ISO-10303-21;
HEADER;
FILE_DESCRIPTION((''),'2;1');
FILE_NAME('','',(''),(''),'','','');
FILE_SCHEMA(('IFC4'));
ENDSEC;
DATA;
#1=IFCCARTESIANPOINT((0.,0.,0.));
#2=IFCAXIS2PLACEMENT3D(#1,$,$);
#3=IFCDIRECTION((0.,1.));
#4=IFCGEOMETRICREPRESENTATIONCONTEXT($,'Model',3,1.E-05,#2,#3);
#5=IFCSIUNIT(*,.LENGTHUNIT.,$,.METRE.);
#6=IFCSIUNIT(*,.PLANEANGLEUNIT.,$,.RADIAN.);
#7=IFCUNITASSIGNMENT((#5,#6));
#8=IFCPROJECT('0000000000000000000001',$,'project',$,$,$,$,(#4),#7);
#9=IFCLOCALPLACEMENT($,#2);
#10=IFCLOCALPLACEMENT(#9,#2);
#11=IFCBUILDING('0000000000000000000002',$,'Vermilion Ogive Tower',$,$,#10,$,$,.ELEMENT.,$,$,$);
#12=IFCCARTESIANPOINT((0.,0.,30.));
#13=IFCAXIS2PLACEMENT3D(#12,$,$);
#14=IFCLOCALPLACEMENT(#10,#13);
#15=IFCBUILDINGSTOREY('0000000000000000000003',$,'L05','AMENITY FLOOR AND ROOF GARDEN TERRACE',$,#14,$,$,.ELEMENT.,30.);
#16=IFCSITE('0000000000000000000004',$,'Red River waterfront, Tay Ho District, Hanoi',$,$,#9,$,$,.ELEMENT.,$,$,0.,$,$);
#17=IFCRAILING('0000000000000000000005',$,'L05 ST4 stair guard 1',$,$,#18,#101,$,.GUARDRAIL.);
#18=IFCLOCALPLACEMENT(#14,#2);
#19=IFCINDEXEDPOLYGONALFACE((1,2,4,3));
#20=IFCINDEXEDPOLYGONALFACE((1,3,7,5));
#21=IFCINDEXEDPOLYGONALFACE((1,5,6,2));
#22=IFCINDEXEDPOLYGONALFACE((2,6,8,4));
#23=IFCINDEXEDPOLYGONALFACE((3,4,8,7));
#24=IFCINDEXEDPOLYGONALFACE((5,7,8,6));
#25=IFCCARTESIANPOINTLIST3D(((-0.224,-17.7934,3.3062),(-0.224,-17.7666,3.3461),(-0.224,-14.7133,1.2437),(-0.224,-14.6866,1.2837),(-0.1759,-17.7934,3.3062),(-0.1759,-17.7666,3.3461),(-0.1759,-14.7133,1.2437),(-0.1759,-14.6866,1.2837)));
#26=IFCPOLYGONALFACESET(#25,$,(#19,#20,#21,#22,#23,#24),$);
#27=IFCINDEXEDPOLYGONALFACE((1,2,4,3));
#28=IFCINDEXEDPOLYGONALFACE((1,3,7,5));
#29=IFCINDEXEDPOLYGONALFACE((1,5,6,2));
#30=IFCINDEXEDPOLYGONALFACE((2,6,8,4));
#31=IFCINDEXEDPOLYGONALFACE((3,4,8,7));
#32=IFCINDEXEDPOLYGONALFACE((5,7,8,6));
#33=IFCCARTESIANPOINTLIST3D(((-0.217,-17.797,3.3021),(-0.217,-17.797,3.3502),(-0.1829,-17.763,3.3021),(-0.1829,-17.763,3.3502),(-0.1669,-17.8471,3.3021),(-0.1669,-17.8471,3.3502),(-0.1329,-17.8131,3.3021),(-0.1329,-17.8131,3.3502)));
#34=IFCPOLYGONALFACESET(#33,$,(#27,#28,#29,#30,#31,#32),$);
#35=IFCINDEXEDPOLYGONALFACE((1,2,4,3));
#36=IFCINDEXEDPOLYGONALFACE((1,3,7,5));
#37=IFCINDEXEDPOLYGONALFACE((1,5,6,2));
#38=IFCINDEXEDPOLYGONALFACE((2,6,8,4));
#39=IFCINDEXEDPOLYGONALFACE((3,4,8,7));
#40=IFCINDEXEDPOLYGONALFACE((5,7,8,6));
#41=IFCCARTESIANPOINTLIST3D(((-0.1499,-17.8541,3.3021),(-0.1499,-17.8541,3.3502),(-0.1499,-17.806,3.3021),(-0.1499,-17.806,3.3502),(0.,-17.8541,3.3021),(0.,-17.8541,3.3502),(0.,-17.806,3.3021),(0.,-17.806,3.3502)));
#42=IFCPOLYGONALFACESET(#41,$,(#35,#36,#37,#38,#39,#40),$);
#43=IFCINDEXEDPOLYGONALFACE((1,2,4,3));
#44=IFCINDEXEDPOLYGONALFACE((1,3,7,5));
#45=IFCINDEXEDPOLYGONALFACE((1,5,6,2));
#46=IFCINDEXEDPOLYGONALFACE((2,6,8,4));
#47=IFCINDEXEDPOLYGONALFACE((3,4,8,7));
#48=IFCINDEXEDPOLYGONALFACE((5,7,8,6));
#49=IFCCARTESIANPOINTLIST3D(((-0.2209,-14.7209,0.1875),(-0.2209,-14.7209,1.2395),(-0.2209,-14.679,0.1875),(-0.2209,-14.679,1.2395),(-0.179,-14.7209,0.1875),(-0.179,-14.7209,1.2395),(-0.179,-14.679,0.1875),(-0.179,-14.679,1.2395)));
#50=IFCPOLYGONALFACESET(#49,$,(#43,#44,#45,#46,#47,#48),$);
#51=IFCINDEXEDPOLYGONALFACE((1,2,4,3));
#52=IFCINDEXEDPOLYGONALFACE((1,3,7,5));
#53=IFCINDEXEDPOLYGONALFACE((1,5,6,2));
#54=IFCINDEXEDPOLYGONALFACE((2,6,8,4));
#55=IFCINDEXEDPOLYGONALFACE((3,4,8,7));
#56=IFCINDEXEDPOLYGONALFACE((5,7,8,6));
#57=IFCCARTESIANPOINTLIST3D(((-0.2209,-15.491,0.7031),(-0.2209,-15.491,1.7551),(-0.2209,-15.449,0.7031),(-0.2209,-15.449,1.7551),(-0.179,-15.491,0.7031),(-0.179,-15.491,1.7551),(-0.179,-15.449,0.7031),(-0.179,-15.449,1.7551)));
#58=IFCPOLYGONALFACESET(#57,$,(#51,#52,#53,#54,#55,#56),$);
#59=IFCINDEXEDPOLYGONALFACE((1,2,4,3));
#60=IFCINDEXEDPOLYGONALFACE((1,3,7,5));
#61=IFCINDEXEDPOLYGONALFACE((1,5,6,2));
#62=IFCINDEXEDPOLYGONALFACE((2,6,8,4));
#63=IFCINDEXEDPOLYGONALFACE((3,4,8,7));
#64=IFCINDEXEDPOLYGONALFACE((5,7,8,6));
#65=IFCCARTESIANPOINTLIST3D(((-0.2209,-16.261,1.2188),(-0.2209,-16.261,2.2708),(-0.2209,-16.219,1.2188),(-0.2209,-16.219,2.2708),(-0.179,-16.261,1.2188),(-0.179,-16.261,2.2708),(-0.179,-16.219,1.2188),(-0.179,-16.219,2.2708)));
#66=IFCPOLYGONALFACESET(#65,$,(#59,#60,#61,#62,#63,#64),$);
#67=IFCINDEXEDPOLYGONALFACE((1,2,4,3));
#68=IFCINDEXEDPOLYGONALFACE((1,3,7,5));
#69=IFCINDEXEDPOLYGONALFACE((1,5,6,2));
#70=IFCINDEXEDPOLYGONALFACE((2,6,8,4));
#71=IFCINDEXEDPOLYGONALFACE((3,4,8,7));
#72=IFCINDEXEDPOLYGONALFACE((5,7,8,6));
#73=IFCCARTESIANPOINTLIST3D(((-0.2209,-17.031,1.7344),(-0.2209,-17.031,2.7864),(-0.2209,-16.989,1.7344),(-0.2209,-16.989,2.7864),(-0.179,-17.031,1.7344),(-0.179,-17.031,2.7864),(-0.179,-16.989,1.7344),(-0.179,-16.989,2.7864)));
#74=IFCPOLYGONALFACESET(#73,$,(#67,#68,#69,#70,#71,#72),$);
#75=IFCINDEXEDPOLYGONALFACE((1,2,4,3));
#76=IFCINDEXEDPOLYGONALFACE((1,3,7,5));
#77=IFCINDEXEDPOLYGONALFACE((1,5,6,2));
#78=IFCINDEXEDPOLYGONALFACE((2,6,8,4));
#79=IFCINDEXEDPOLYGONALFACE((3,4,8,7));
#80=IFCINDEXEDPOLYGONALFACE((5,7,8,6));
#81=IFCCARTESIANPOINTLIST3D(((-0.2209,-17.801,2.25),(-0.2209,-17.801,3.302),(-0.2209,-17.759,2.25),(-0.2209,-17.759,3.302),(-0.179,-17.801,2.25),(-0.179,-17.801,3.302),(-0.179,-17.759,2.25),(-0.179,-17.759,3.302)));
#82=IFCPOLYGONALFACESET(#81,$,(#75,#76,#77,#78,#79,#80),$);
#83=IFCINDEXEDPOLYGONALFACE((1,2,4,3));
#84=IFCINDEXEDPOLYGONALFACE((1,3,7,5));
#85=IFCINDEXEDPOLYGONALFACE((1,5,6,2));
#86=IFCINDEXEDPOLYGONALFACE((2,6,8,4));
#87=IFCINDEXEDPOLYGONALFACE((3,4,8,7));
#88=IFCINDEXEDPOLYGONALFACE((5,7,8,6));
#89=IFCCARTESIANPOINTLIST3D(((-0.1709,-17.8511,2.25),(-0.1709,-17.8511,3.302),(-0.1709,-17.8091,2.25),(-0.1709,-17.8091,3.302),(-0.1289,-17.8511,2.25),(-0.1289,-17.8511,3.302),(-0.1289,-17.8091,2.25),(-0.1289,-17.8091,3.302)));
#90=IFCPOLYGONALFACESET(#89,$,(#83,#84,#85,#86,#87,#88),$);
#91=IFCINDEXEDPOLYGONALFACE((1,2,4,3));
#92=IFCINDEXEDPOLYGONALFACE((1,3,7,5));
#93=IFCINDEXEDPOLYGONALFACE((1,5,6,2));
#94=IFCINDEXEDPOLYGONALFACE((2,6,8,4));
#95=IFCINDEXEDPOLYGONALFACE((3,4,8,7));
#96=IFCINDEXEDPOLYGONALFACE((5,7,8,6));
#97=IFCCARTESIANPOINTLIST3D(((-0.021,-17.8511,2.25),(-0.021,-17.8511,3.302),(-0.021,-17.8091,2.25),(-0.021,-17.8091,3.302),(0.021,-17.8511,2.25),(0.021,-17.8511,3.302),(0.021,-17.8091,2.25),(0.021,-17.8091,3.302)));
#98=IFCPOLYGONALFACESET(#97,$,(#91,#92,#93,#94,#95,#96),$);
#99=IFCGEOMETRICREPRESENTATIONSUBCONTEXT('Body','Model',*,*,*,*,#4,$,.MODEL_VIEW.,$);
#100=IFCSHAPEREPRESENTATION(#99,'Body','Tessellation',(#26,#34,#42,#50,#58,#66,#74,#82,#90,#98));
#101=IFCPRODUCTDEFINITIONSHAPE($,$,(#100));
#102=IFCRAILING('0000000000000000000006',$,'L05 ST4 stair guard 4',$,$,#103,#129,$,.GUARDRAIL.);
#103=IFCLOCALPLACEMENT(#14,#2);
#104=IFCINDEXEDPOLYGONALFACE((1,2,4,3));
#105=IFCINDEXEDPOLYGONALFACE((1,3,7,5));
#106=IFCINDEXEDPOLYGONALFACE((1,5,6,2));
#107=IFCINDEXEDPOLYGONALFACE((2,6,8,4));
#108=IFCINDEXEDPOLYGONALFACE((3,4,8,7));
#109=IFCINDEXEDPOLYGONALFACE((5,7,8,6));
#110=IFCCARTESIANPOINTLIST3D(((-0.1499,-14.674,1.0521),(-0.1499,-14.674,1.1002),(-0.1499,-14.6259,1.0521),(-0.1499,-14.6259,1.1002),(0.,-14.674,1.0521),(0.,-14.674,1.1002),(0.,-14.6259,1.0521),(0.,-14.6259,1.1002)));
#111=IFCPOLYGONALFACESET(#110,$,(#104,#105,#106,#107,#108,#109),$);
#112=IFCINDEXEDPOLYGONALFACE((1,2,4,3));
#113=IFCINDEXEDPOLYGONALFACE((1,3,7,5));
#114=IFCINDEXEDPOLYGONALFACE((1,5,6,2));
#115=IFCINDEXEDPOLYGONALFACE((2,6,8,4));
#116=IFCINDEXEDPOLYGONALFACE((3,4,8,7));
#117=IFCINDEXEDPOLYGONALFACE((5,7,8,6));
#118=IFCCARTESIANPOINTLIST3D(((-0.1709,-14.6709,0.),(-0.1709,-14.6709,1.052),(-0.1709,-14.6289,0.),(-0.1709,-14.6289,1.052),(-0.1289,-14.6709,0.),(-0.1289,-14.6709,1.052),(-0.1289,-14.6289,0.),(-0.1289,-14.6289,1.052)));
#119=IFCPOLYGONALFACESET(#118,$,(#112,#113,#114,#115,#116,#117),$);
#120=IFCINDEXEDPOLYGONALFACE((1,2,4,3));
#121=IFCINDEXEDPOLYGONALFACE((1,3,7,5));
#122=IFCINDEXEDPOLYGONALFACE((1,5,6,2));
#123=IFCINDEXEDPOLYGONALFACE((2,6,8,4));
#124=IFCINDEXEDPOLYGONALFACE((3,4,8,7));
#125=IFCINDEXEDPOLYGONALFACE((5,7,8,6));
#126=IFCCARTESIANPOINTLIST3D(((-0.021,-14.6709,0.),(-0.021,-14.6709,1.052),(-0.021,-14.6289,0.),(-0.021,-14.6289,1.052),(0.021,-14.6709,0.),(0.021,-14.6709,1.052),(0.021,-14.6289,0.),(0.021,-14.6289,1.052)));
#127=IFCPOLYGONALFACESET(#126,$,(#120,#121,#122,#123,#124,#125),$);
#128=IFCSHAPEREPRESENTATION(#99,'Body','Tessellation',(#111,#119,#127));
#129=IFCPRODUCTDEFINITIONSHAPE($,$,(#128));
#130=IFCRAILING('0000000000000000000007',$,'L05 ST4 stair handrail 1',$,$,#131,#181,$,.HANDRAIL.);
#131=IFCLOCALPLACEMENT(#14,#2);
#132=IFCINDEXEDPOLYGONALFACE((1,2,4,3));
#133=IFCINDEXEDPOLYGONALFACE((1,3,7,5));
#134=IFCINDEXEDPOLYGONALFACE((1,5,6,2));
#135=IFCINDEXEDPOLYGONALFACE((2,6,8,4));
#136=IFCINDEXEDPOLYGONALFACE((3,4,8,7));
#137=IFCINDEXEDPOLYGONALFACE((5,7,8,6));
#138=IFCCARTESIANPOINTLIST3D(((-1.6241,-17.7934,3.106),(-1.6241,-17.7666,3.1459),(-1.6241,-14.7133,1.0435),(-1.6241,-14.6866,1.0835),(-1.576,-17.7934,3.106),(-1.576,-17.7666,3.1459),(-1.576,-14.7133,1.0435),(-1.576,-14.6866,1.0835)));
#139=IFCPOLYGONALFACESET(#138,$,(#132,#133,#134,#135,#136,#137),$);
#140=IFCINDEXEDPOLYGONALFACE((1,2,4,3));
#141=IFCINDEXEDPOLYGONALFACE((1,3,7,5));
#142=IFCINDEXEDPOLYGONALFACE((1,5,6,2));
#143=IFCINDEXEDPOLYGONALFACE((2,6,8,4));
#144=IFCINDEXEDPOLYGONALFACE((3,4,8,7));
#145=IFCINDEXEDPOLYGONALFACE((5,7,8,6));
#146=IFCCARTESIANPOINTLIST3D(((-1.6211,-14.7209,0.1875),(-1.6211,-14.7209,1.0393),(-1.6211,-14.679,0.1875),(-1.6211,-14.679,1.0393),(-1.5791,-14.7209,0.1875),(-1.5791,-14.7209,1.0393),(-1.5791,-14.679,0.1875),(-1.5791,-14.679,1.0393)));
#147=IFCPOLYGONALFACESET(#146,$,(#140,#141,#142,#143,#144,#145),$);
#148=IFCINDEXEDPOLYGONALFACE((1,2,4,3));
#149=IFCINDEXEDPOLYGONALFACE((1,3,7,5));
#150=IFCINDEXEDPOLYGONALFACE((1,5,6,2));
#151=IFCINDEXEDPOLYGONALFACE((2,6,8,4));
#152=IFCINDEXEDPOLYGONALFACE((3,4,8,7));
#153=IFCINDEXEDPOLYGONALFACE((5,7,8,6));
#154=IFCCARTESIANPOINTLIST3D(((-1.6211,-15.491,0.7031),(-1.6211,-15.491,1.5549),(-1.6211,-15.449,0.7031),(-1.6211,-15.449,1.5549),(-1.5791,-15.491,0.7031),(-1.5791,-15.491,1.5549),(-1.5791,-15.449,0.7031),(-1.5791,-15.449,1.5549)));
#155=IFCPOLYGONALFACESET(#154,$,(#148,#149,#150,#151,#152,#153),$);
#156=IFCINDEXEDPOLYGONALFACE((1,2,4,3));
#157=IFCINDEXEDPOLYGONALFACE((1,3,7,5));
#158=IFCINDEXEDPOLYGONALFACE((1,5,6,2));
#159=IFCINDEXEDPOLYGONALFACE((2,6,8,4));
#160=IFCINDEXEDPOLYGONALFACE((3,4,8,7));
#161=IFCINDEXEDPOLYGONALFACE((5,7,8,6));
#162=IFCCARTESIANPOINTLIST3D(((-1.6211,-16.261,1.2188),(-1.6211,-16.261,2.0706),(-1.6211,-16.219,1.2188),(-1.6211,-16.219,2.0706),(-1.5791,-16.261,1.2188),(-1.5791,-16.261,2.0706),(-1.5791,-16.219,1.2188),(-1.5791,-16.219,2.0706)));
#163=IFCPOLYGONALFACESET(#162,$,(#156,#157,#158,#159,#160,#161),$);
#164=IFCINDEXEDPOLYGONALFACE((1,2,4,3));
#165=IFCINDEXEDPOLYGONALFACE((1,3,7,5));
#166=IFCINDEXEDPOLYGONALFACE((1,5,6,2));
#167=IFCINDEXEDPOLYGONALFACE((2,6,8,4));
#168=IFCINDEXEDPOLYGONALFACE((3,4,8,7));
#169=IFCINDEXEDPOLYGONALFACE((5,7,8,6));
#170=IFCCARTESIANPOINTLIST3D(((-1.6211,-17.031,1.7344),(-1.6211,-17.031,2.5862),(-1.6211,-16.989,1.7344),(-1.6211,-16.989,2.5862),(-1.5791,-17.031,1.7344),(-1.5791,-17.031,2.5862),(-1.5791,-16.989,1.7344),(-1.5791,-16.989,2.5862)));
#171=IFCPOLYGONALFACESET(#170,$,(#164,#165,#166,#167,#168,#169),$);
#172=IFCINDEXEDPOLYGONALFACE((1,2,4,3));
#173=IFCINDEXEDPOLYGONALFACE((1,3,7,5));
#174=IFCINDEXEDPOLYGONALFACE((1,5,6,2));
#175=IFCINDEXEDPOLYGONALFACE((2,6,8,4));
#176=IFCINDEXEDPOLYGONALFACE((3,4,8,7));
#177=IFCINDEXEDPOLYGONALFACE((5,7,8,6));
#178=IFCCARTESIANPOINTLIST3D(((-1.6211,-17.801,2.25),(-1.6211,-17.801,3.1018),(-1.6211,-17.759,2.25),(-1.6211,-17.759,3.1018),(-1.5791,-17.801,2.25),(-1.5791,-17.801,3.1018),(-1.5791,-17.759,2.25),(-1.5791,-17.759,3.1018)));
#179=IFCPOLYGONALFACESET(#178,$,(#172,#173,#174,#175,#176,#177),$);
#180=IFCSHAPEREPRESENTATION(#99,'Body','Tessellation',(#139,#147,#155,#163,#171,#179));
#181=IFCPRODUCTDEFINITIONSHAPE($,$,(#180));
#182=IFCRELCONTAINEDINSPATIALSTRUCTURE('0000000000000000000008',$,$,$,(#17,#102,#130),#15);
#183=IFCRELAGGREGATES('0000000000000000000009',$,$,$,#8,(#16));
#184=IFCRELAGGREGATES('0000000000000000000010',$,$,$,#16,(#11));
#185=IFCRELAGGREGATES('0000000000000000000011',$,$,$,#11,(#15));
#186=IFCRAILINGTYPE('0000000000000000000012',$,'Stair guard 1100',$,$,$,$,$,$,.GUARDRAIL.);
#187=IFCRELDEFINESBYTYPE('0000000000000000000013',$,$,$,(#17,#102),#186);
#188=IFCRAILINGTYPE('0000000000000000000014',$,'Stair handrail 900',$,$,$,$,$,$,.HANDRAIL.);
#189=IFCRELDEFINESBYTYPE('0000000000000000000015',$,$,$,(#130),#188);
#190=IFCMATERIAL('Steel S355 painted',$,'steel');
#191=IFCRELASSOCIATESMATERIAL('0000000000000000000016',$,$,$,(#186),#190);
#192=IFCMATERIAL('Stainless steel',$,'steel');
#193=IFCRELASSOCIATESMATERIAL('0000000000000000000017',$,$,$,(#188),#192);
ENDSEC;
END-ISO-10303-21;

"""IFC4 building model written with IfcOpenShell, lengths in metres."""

from ifc_helpers import new_model, si_unit, direction, frame, origin, origin_2d, place, context, subcontext, project, spatial, rectangle, extrude, material, type_object, element, save


model = new_model("IFC4")

# Units and contexts
model_context = context("Model", 3, precision=1e-05, world=origin(), true_north=direction((0.0, 1.0)))
body_context = subcontext(model_context, "Body", "Model", "MODEL_VIEW")
ifc_project = project(units=[si_unit("LENGTHUNIT", "METRE"), si_unit("PLANEANGLEUNIT", "RADIAN")], contexts=[model_context])

# Site, building, storey
site_placement = place(None, origin())
site = spatial("IfcSite", under=ifc_project, at=site_placement, Name="Red River waterfront, Tay Ho District, Hanoi", CompositionType="ELEMENT", RefElevation=0.0)
building_placement = place(site_placement, origin())
building = spatial("IfcBuilding", under=site, at=building_placement, Name="Vermilion Ogive Tower", CompositionType="ELEMENT")
storey_placement = place(building_placement, frame((0.0, 0.0, 30.0)))
storey = spatial("IfcBuildingStorey", under=building, at=storey_placement, Name="L05", Description="AMENITY FLOOR AND ROOF GARDEN TERRACE", CompositionType="ELEMENT", Elevation=30.0)

# Railings
ifc_material_1 = material(Name="Steel S355 painted", Category="steel")
railing_type_1 = type_object("IfcRailingType", Name="Stair guard 1100", PredefinedType="GUARDRAIL", material=ifc_material_1)
railing_1_placement = place(storey_placement, frame((-0.2, -14.7, 0.1875)))
element("IfcRailing", 1, at=railing_1_placement, inside=storey, type_object=railing_type_1, Name="L05 ST4 stair guard 1", PredefinedType="GUARDRAIL", context=body_context, shape_type="SweptSolid", body=[
    extrude(rectangle(XDim=0.0481, YDim=0.0481, at=origin_2d()), frame((0.0, 0.0, 1.0762), z_axis=(0.0, -0.830914, 0.556401), x_axis=(1.0, 0.0, 0.0)), (0.0, 0.0, 1.0), 3.7068),
    extrude(rectangle(XDim=0.0481, YDim=0.0481, at=origin_2d()), frame((0.0, -3.0801, 3.1387), z_axis=(0.707107, -0.707107, 0.0), x_axis=(0.707107, 0.707107, 0.0)), (0.0, 0.0, 1.0), 0.0708),
    extrude(rectangle(XDim=0.0481, YDim=0.0481, at=origin_2d()), frame((0.05, -3.1301, 3.1387), z_axis=(1.0, 0.0, 0.0), x_axis=(0.0, 1.0, 0.0)), (0.0, 0.0, 1.0), 0.1499),
    extrude(rectangle(XDim=0.042, YDim=0.042, at=origin_2d()), origin(), (0.0, 0.0, 1.0), 1.052),
    extrude(rectangle(XDim=0.042, YDim=0.042, at=origin_2d()), frame((0.0, -0.77, 0.5156)), (0.0, 0.0, 1.0), 1.052),
    extrude(rectangle(XDim=0.042, YDim=0.042, at=origin_2d()), frame((0.0, -1.54, 1.0312)), (0.0, 0.0, 1.0), 1.052),
    extrude(rectangle(XDim=0.042, YDim=0.042, at=origin_2d()), frame((0.0, -2.3101, 1.5469)), (0.0, 0.0, 1.0), 1.052),
    extrude(rectangle(XDim=0.042, YDim=0.042, at=origin_2d()), frame((0.0, -3.0801, 2.0625)), (0.0, 0.0, 1.0), 1.052),
    extrude(rectangle(XDim=0.042, YDim=0.042, at=origin_2d()), frame((0.05, -3.1301, 2.0625)), (0.0, 0.0, 1.0), 1.052),
    extrude(rectangle(XDim=0.042, YDim=0.042, at=origin_2d()), frame((0.2, -3.1301, 2.0625)), (0.0, 0.0, 1.0), 1.052),
])
railing_2_placement = place(storey_placement, frame((-0.1499, -14.6499, 0.0)))
element("IfcRailing", 2, at=railing_2_placement, inside=storey, type_object=railing_type_1, Name="L05 ST4 stair guard 4", PredefinedType="GUARDRAIL", context=body_context, shape_type="SweptSolid", body=[
    extrude(rectangle(XDim=0.0481, YDim=0.0481, at=origin_2d()), frame((0.0, 0.0, 1.0762), z_axis=(1.0, 0.0, 0.0), x_axis=(0.0, 1.0, 0.0)), (0.0, 0.0, 1.0), 0.1499),
    extrude(rectangle(XDim=0.042, YDim=0.042, at=origin_2d()), origin(), (0.0, 0.0, 1.0), 1.052),
    extrude(rectangle(XDim=0.042, YDim=0.042, at=origin_2d()), frame((0.1499, 0.0, 0.0)), (0.0, 0.0, 1.0), 1.052),
])
ifc_material_2 = material(Name="Stainless steel", Category="steel")
railing_type_2 = type_object("IfcRailingType", Name="Stair handrail 900", PredefinedType="HANDRAIL", material=ifc_material_2)
railing_3_placement = place(storey_placement, frame((-1.6001, -14.7, 0.1875)))
element("IfcRailing", 3, at=railing_3_placement, inside=storey, type_object=railing_type_2, Name="L05 ST4 stair handrail 1", PredefinedType="HANDRAIL", context=body_context, shape_type="SweptSolid", body=[
    extrude(rectangle(XDim=0.0481, YDim=0.0481, at=origin_2d()), frame((0.0, 0.0, 0.876), z_axis=(0.0, -0.830914, 0.556401), x_axis=(1.0, 0.0, 0.0)), (0.0, 0.0, 1.0), 3.7068),
    extrude(rectangle(XDim=0.042, YDim=0.042, at=origin_2d()), origin(), (0.0, 0.0, 1.0), 0.8518),
    extrude(rectangle(XDim=0.042, YDim=0.042, at=origin_2d()), frame((0.0, -0.77, 0.5156)), (0.0, 0.0, 1.0), 0.8518),
    extrude(rectangle(XDim=0.042, YDim=0.042, at=origin_2d()), frame((0.0, -1.54, 1.0312)), (0.0, 0.0, 1.0), 0.8518),
    extrude(rectangle(XDim=0.042, YDim=0.042, at=origin_2d()), frame((0.0, -2.3101, 1.5469)), (0.0, 0.0, 1.0), 0.8518),
    extrude(rectangle(XDim=0.042, YDim=0.042, at=origin_2d()), frame((0.0, -3.0801, 2.0625)), (0.0, 0.0, 1.0), 0.8518),
])

save(model, "model.ifc")
